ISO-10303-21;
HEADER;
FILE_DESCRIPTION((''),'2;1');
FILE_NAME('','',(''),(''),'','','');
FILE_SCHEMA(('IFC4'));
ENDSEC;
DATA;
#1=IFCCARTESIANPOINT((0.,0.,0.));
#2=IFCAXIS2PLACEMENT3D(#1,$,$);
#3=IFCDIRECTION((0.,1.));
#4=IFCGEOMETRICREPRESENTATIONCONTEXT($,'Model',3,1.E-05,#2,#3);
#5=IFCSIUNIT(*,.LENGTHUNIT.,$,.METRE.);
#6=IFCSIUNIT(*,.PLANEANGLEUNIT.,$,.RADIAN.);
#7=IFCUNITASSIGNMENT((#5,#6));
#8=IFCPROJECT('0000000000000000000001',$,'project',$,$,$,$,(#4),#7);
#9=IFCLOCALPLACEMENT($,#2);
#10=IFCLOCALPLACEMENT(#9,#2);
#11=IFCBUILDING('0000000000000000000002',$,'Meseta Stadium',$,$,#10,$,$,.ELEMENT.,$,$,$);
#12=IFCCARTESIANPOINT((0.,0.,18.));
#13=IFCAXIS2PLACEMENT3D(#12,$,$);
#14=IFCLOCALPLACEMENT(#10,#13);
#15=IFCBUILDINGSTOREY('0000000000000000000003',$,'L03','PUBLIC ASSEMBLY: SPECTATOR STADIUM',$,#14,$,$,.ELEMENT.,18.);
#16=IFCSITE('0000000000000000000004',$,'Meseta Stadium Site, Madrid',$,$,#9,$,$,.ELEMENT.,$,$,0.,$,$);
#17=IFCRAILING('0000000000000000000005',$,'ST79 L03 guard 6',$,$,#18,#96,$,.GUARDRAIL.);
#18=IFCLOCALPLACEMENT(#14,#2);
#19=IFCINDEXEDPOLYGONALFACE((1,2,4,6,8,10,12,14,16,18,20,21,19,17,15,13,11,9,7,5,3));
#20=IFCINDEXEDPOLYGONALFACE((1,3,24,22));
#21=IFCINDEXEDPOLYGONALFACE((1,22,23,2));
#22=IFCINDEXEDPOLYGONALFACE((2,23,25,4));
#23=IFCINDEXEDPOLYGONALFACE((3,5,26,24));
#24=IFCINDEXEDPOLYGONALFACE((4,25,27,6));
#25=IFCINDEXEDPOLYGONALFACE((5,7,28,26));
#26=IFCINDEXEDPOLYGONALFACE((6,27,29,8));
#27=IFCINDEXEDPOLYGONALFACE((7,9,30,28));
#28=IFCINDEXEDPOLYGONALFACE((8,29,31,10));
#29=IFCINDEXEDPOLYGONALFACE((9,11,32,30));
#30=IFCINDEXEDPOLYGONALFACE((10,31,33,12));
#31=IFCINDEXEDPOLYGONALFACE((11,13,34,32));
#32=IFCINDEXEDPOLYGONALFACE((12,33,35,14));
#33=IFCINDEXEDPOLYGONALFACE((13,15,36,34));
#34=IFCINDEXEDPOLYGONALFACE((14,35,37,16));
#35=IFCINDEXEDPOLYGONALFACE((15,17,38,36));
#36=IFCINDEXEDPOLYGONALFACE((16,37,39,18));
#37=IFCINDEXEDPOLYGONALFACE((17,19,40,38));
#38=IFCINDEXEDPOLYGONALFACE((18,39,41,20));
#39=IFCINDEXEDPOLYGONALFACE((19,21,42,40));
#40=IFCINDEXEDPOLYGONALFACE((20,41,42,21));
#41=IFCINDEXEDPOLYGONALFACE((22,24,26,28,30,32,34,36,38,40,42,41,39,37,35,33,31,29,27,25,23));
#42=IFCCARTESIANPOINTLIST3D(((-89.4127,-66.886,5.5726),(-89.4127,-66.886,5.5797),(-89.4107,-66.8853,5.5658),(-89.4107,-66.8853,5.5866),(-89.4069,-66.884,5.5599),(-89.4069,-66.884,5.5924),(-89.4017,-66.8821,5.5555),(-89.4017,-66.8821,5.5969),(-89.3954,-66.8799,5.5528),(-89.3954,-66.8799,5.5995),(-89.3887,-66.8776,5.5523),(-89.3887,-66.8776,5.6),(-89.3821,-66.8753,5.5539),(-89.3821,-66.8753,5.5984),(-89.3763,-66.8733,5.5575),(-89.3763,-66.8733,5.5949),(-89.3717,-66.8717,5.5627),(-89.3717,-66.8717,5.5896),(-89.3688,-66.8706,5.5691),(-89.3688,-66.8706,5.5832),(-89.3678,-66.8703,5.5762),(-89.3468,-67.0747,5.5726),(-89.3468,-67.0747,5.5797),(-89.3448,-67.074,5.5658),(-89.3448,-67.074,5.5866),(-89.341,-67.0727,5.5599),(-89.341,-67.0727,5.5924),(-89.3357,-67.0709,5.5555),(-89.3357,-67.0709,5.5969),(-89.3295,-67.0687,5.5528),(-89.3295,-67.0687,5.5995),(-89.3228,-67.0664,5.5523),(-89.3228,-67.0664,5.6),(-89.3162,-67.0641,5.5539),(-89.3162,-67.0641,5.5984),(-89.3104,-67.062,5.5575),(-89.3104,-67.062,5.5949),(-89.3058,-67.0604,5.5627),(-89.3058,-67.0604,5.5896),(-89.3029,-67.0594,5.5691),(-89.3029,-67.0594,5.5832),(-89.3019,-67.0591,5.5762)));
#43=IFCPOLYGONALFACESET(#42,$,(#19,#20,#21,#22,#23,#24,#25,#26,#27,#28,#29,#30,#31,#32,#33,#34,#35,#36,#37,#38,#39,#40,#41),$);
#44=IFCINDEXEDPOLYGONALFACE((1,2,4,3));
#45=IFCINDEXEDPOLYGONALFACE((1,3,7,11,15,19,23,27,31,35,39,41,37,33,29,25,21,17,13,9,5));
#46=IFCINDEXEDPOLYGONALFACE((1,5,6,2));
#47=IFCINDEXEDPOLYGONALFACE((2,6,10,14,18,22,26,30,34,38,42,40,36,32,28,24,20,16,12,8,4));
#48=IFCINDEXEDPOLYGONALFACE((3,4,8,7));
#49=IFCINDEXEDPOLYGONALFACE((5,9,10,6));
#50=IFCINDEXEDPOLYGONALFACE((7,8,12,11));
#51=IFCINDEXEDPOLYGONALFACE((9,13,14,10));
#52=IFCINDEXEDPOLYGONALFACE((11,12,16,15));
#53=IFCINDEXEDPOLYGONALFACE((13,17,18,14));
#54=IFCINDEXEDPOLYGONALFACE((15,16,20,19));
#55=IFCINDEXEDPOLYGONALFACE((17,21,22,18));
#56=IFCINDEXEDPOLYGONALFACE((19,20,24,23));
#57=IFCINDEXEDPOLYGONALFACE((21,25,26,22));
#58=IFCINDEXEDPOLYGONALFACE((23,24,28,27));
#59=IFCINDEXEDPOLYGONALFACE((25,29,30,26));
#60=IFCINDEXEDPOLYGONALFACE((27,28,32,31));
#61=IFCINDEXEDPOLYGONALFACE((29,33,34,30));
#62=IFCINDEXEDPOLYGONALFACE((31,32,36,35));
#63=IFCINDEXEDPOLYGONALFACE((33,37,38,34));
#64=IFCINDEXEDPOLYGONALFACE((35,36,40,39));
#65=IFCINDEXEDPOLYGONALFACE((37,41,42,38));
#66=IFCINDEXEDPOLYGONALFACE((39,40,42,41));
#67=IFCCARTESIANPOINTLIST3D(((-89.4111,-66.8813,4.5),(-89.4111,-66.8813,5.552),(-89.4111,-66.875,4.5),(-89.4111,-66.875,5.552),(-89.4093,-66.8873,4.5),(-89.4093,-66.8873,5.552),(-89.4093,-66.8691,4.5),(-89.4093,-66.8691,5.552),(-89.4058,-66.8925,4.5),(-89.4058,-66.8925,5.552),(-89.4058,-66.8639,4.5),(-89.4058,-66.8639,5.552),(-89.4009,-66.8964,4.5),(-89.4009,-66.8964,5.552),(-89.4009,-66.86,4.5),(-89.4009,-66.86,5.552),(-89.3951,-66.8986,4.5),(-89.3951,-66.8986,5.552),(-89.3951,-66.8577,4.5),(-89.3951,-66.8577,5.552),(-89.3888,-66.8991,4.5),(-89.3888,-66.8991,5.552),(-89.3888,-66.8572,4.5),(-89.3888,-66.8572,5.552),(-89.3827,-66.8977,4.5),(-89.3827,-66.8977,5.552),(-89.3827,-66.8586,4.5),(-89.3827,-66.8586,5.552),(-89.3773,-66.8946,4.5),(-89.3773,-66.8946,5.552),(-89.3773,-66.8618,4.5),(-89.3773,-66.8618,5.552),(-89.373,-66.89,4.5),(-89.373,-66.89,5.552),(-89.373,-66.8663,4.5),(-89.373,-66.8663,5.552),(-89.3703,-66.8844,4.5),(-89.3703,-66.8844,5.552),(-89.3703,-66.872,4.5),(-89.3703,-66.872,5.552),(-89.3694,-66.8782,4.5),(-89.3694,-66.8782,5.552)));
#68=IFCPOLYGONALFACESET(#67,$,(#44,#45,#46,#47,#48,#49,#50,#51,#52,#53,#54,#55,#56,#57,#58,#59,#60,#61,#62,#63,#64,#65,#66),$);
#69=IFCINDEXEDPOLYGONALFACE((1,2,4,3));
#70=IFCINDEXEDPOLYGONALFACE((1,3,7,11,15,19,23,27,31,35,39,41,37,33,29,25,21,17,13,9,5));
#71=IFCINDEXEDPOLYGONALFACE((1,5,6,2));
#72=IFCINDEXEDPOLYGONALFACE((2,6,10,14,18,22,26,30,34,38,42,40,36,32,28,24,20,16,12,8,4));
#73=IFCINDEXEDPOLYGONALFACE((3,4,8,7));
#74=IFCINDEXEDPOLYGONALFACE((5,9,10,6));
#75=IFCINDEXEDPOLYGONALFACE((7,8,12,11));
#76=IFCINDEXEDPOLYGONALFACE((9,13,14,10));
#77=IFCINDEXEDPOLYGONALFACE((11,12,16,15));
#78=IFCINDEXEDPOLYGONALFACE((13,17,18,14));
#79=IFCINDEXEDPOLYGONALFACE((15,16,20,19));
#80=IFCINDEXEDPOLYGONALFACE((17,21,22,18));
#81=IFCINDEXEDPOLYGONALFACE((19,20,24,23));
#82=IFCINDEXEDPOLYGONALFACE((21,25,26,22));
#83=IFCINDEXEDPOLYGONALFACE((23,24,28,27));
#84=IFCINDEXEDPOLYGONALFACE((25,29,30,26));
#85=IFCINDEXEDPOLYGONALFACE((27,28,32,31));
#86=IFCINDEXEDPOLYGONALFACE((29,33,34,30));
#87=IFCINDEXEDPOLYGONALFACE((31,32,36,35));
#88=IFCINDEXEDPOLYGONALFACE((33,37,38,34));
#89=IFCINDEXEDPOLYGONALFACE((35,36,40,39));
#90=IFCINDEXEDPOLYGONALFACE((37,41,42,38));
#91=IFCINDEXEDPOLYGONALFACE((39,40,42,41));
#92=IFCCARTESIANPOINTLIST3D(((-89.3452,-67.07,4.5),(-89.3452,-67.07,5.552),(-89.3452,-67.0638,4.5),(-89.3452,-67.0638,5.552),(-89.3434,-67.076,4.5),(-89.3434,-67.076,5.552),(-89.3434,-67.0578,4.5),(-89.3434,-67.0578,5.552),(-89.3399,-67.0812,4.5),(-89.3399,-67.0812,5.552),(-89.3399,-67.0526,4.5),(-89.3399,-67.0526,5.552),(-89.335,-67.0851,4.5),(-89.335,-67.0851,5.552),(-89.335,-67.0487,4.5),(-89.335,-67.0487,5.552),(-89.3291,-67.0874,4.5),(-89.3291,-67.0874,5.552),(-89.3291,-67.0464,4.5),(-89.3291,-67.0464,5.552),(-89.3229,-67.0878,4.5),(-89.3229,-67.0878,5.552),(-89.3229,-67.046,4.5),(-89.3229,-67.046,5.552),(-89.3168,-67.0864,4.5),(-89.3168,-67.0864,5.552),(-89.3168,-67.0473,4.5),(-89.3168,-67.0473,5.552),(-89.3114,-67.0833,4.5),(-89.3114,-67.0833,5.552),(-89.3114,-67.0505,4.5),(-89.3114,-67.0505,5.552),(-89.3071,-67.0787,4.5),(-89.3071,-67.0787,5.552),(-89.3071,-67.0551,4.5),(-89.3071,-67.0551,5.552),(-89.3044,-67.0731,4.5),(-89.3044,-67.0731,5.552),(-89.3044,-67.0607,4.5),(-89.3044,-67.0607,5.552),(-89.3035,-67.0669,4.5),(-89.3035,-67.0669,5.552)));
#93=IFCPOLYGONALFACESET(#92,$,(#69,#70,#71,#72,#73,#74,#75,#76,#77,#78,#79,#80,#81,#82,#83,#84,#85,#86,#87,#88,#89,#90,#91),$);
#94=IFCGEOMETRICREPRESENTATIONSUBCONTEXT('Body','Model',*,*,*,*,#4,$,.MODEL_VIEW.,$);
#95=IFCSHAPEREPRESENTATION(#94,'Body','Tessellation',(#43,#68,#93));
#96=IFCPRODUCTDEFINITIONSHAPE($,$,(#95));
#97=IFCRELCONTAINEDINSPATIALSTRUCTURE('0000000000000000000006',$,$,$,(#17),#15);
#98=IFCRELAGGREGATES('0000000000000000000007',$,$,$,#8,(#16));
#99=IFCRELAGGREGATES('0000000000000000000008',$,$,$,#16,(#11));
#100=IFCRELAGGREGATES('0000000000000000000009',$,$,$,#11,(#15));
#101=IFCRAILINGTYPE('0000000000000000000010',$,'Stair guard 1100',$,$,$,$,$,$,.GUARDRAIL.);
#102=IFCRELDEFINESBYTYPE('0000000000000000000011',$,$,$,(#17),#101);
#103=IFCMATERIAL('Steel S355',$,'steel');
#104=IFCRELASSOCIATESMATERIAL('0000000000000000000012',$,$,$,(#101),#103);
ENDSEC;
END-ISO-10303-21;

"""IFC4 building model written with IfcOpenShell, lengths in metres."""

from ifc_helpers import new_model, si_unit, direction, frame, origin, origin_2d, place, context, subcontext, project, spatial, circle, extrude, material, type_object, element, save


model = new_model("IFC4")

# Units and contexts
model_context = context("Model", 3, precision=1e-05, world=origin(), true_north=direction((0.0, 1.0)))
body_context = subcontext(model_context, "Body", "Model", "MODEL_VIEW")
ifc_project = project(units=[si_unit("LENGTHUNIT", "METRE"), si_unit("PLANEANGLEUNIT", "RADIAN")], contexts=[model_context])

# Site, building, storey
site_placement = place(None, origin())
site = spatial("IfcSite", under=ifc_project, at=site_placement, Name="Meseta Stadium Site, Madrid", CompositionType="ELEMENT", RefElevation=0.0)
building_placement = place(site_placement, origin())
building = spatial("IfcBuilding", under=site, at=building_placement, Name="Meseta Stadium", CompositionType="ELEMENT")
storey_placement = place(building_placement, frame((0.0, 0.0, 18.0)))
storey = spatial("IfcBuildingStorey", under=building, at=storey_placement, Name="L03", Description="PUBLIC ASSEMBLY: SPECTATOR STADIUM", CompositionType="ELEMENT", Elevation=18.0)

# Railing
ifc_material_1 = material(Name="Steel S355", Category="steel")
railing_type_1 = type_object("IfcRailingType", Name="Stair guard 1100", PredefinedType="GUARDRAIL", material=ifc_material_1)
railing_1_placement = place(storey_placement, frame((-89.3904, -66.8782, 4.5)))
element("IfcRailing", 1, at=railing_1_placement, inside=storey, type_object=railing_type_1, Name="ST79 L03 guard 6", PredefinedType="GUARDRAIL", context=body_context, shape_type="SweptSolid", body=[
    extrude(circle(Radius=0.0239, at=origin_2d()), frame((0.0, 0.0, 1.0762), z_axis=(0.329752, -0.944068, 0.0), x_axis=(0.944068, 0.329752, 0.0)), (0.0, 0.0, 1.0), 0.2),
    extrude(circle(Radius=0.021, at=origin_2d()), origin(), (0.0, 0.0, 1.0), 1.052),
    extrude(circle(Radius=0.021, at=origin_2d()), frame((0.0659, -0.1887, 0.0)), (0.0, 0.0, 1.0), 1.052),
])

save(model, "model.ifc")
